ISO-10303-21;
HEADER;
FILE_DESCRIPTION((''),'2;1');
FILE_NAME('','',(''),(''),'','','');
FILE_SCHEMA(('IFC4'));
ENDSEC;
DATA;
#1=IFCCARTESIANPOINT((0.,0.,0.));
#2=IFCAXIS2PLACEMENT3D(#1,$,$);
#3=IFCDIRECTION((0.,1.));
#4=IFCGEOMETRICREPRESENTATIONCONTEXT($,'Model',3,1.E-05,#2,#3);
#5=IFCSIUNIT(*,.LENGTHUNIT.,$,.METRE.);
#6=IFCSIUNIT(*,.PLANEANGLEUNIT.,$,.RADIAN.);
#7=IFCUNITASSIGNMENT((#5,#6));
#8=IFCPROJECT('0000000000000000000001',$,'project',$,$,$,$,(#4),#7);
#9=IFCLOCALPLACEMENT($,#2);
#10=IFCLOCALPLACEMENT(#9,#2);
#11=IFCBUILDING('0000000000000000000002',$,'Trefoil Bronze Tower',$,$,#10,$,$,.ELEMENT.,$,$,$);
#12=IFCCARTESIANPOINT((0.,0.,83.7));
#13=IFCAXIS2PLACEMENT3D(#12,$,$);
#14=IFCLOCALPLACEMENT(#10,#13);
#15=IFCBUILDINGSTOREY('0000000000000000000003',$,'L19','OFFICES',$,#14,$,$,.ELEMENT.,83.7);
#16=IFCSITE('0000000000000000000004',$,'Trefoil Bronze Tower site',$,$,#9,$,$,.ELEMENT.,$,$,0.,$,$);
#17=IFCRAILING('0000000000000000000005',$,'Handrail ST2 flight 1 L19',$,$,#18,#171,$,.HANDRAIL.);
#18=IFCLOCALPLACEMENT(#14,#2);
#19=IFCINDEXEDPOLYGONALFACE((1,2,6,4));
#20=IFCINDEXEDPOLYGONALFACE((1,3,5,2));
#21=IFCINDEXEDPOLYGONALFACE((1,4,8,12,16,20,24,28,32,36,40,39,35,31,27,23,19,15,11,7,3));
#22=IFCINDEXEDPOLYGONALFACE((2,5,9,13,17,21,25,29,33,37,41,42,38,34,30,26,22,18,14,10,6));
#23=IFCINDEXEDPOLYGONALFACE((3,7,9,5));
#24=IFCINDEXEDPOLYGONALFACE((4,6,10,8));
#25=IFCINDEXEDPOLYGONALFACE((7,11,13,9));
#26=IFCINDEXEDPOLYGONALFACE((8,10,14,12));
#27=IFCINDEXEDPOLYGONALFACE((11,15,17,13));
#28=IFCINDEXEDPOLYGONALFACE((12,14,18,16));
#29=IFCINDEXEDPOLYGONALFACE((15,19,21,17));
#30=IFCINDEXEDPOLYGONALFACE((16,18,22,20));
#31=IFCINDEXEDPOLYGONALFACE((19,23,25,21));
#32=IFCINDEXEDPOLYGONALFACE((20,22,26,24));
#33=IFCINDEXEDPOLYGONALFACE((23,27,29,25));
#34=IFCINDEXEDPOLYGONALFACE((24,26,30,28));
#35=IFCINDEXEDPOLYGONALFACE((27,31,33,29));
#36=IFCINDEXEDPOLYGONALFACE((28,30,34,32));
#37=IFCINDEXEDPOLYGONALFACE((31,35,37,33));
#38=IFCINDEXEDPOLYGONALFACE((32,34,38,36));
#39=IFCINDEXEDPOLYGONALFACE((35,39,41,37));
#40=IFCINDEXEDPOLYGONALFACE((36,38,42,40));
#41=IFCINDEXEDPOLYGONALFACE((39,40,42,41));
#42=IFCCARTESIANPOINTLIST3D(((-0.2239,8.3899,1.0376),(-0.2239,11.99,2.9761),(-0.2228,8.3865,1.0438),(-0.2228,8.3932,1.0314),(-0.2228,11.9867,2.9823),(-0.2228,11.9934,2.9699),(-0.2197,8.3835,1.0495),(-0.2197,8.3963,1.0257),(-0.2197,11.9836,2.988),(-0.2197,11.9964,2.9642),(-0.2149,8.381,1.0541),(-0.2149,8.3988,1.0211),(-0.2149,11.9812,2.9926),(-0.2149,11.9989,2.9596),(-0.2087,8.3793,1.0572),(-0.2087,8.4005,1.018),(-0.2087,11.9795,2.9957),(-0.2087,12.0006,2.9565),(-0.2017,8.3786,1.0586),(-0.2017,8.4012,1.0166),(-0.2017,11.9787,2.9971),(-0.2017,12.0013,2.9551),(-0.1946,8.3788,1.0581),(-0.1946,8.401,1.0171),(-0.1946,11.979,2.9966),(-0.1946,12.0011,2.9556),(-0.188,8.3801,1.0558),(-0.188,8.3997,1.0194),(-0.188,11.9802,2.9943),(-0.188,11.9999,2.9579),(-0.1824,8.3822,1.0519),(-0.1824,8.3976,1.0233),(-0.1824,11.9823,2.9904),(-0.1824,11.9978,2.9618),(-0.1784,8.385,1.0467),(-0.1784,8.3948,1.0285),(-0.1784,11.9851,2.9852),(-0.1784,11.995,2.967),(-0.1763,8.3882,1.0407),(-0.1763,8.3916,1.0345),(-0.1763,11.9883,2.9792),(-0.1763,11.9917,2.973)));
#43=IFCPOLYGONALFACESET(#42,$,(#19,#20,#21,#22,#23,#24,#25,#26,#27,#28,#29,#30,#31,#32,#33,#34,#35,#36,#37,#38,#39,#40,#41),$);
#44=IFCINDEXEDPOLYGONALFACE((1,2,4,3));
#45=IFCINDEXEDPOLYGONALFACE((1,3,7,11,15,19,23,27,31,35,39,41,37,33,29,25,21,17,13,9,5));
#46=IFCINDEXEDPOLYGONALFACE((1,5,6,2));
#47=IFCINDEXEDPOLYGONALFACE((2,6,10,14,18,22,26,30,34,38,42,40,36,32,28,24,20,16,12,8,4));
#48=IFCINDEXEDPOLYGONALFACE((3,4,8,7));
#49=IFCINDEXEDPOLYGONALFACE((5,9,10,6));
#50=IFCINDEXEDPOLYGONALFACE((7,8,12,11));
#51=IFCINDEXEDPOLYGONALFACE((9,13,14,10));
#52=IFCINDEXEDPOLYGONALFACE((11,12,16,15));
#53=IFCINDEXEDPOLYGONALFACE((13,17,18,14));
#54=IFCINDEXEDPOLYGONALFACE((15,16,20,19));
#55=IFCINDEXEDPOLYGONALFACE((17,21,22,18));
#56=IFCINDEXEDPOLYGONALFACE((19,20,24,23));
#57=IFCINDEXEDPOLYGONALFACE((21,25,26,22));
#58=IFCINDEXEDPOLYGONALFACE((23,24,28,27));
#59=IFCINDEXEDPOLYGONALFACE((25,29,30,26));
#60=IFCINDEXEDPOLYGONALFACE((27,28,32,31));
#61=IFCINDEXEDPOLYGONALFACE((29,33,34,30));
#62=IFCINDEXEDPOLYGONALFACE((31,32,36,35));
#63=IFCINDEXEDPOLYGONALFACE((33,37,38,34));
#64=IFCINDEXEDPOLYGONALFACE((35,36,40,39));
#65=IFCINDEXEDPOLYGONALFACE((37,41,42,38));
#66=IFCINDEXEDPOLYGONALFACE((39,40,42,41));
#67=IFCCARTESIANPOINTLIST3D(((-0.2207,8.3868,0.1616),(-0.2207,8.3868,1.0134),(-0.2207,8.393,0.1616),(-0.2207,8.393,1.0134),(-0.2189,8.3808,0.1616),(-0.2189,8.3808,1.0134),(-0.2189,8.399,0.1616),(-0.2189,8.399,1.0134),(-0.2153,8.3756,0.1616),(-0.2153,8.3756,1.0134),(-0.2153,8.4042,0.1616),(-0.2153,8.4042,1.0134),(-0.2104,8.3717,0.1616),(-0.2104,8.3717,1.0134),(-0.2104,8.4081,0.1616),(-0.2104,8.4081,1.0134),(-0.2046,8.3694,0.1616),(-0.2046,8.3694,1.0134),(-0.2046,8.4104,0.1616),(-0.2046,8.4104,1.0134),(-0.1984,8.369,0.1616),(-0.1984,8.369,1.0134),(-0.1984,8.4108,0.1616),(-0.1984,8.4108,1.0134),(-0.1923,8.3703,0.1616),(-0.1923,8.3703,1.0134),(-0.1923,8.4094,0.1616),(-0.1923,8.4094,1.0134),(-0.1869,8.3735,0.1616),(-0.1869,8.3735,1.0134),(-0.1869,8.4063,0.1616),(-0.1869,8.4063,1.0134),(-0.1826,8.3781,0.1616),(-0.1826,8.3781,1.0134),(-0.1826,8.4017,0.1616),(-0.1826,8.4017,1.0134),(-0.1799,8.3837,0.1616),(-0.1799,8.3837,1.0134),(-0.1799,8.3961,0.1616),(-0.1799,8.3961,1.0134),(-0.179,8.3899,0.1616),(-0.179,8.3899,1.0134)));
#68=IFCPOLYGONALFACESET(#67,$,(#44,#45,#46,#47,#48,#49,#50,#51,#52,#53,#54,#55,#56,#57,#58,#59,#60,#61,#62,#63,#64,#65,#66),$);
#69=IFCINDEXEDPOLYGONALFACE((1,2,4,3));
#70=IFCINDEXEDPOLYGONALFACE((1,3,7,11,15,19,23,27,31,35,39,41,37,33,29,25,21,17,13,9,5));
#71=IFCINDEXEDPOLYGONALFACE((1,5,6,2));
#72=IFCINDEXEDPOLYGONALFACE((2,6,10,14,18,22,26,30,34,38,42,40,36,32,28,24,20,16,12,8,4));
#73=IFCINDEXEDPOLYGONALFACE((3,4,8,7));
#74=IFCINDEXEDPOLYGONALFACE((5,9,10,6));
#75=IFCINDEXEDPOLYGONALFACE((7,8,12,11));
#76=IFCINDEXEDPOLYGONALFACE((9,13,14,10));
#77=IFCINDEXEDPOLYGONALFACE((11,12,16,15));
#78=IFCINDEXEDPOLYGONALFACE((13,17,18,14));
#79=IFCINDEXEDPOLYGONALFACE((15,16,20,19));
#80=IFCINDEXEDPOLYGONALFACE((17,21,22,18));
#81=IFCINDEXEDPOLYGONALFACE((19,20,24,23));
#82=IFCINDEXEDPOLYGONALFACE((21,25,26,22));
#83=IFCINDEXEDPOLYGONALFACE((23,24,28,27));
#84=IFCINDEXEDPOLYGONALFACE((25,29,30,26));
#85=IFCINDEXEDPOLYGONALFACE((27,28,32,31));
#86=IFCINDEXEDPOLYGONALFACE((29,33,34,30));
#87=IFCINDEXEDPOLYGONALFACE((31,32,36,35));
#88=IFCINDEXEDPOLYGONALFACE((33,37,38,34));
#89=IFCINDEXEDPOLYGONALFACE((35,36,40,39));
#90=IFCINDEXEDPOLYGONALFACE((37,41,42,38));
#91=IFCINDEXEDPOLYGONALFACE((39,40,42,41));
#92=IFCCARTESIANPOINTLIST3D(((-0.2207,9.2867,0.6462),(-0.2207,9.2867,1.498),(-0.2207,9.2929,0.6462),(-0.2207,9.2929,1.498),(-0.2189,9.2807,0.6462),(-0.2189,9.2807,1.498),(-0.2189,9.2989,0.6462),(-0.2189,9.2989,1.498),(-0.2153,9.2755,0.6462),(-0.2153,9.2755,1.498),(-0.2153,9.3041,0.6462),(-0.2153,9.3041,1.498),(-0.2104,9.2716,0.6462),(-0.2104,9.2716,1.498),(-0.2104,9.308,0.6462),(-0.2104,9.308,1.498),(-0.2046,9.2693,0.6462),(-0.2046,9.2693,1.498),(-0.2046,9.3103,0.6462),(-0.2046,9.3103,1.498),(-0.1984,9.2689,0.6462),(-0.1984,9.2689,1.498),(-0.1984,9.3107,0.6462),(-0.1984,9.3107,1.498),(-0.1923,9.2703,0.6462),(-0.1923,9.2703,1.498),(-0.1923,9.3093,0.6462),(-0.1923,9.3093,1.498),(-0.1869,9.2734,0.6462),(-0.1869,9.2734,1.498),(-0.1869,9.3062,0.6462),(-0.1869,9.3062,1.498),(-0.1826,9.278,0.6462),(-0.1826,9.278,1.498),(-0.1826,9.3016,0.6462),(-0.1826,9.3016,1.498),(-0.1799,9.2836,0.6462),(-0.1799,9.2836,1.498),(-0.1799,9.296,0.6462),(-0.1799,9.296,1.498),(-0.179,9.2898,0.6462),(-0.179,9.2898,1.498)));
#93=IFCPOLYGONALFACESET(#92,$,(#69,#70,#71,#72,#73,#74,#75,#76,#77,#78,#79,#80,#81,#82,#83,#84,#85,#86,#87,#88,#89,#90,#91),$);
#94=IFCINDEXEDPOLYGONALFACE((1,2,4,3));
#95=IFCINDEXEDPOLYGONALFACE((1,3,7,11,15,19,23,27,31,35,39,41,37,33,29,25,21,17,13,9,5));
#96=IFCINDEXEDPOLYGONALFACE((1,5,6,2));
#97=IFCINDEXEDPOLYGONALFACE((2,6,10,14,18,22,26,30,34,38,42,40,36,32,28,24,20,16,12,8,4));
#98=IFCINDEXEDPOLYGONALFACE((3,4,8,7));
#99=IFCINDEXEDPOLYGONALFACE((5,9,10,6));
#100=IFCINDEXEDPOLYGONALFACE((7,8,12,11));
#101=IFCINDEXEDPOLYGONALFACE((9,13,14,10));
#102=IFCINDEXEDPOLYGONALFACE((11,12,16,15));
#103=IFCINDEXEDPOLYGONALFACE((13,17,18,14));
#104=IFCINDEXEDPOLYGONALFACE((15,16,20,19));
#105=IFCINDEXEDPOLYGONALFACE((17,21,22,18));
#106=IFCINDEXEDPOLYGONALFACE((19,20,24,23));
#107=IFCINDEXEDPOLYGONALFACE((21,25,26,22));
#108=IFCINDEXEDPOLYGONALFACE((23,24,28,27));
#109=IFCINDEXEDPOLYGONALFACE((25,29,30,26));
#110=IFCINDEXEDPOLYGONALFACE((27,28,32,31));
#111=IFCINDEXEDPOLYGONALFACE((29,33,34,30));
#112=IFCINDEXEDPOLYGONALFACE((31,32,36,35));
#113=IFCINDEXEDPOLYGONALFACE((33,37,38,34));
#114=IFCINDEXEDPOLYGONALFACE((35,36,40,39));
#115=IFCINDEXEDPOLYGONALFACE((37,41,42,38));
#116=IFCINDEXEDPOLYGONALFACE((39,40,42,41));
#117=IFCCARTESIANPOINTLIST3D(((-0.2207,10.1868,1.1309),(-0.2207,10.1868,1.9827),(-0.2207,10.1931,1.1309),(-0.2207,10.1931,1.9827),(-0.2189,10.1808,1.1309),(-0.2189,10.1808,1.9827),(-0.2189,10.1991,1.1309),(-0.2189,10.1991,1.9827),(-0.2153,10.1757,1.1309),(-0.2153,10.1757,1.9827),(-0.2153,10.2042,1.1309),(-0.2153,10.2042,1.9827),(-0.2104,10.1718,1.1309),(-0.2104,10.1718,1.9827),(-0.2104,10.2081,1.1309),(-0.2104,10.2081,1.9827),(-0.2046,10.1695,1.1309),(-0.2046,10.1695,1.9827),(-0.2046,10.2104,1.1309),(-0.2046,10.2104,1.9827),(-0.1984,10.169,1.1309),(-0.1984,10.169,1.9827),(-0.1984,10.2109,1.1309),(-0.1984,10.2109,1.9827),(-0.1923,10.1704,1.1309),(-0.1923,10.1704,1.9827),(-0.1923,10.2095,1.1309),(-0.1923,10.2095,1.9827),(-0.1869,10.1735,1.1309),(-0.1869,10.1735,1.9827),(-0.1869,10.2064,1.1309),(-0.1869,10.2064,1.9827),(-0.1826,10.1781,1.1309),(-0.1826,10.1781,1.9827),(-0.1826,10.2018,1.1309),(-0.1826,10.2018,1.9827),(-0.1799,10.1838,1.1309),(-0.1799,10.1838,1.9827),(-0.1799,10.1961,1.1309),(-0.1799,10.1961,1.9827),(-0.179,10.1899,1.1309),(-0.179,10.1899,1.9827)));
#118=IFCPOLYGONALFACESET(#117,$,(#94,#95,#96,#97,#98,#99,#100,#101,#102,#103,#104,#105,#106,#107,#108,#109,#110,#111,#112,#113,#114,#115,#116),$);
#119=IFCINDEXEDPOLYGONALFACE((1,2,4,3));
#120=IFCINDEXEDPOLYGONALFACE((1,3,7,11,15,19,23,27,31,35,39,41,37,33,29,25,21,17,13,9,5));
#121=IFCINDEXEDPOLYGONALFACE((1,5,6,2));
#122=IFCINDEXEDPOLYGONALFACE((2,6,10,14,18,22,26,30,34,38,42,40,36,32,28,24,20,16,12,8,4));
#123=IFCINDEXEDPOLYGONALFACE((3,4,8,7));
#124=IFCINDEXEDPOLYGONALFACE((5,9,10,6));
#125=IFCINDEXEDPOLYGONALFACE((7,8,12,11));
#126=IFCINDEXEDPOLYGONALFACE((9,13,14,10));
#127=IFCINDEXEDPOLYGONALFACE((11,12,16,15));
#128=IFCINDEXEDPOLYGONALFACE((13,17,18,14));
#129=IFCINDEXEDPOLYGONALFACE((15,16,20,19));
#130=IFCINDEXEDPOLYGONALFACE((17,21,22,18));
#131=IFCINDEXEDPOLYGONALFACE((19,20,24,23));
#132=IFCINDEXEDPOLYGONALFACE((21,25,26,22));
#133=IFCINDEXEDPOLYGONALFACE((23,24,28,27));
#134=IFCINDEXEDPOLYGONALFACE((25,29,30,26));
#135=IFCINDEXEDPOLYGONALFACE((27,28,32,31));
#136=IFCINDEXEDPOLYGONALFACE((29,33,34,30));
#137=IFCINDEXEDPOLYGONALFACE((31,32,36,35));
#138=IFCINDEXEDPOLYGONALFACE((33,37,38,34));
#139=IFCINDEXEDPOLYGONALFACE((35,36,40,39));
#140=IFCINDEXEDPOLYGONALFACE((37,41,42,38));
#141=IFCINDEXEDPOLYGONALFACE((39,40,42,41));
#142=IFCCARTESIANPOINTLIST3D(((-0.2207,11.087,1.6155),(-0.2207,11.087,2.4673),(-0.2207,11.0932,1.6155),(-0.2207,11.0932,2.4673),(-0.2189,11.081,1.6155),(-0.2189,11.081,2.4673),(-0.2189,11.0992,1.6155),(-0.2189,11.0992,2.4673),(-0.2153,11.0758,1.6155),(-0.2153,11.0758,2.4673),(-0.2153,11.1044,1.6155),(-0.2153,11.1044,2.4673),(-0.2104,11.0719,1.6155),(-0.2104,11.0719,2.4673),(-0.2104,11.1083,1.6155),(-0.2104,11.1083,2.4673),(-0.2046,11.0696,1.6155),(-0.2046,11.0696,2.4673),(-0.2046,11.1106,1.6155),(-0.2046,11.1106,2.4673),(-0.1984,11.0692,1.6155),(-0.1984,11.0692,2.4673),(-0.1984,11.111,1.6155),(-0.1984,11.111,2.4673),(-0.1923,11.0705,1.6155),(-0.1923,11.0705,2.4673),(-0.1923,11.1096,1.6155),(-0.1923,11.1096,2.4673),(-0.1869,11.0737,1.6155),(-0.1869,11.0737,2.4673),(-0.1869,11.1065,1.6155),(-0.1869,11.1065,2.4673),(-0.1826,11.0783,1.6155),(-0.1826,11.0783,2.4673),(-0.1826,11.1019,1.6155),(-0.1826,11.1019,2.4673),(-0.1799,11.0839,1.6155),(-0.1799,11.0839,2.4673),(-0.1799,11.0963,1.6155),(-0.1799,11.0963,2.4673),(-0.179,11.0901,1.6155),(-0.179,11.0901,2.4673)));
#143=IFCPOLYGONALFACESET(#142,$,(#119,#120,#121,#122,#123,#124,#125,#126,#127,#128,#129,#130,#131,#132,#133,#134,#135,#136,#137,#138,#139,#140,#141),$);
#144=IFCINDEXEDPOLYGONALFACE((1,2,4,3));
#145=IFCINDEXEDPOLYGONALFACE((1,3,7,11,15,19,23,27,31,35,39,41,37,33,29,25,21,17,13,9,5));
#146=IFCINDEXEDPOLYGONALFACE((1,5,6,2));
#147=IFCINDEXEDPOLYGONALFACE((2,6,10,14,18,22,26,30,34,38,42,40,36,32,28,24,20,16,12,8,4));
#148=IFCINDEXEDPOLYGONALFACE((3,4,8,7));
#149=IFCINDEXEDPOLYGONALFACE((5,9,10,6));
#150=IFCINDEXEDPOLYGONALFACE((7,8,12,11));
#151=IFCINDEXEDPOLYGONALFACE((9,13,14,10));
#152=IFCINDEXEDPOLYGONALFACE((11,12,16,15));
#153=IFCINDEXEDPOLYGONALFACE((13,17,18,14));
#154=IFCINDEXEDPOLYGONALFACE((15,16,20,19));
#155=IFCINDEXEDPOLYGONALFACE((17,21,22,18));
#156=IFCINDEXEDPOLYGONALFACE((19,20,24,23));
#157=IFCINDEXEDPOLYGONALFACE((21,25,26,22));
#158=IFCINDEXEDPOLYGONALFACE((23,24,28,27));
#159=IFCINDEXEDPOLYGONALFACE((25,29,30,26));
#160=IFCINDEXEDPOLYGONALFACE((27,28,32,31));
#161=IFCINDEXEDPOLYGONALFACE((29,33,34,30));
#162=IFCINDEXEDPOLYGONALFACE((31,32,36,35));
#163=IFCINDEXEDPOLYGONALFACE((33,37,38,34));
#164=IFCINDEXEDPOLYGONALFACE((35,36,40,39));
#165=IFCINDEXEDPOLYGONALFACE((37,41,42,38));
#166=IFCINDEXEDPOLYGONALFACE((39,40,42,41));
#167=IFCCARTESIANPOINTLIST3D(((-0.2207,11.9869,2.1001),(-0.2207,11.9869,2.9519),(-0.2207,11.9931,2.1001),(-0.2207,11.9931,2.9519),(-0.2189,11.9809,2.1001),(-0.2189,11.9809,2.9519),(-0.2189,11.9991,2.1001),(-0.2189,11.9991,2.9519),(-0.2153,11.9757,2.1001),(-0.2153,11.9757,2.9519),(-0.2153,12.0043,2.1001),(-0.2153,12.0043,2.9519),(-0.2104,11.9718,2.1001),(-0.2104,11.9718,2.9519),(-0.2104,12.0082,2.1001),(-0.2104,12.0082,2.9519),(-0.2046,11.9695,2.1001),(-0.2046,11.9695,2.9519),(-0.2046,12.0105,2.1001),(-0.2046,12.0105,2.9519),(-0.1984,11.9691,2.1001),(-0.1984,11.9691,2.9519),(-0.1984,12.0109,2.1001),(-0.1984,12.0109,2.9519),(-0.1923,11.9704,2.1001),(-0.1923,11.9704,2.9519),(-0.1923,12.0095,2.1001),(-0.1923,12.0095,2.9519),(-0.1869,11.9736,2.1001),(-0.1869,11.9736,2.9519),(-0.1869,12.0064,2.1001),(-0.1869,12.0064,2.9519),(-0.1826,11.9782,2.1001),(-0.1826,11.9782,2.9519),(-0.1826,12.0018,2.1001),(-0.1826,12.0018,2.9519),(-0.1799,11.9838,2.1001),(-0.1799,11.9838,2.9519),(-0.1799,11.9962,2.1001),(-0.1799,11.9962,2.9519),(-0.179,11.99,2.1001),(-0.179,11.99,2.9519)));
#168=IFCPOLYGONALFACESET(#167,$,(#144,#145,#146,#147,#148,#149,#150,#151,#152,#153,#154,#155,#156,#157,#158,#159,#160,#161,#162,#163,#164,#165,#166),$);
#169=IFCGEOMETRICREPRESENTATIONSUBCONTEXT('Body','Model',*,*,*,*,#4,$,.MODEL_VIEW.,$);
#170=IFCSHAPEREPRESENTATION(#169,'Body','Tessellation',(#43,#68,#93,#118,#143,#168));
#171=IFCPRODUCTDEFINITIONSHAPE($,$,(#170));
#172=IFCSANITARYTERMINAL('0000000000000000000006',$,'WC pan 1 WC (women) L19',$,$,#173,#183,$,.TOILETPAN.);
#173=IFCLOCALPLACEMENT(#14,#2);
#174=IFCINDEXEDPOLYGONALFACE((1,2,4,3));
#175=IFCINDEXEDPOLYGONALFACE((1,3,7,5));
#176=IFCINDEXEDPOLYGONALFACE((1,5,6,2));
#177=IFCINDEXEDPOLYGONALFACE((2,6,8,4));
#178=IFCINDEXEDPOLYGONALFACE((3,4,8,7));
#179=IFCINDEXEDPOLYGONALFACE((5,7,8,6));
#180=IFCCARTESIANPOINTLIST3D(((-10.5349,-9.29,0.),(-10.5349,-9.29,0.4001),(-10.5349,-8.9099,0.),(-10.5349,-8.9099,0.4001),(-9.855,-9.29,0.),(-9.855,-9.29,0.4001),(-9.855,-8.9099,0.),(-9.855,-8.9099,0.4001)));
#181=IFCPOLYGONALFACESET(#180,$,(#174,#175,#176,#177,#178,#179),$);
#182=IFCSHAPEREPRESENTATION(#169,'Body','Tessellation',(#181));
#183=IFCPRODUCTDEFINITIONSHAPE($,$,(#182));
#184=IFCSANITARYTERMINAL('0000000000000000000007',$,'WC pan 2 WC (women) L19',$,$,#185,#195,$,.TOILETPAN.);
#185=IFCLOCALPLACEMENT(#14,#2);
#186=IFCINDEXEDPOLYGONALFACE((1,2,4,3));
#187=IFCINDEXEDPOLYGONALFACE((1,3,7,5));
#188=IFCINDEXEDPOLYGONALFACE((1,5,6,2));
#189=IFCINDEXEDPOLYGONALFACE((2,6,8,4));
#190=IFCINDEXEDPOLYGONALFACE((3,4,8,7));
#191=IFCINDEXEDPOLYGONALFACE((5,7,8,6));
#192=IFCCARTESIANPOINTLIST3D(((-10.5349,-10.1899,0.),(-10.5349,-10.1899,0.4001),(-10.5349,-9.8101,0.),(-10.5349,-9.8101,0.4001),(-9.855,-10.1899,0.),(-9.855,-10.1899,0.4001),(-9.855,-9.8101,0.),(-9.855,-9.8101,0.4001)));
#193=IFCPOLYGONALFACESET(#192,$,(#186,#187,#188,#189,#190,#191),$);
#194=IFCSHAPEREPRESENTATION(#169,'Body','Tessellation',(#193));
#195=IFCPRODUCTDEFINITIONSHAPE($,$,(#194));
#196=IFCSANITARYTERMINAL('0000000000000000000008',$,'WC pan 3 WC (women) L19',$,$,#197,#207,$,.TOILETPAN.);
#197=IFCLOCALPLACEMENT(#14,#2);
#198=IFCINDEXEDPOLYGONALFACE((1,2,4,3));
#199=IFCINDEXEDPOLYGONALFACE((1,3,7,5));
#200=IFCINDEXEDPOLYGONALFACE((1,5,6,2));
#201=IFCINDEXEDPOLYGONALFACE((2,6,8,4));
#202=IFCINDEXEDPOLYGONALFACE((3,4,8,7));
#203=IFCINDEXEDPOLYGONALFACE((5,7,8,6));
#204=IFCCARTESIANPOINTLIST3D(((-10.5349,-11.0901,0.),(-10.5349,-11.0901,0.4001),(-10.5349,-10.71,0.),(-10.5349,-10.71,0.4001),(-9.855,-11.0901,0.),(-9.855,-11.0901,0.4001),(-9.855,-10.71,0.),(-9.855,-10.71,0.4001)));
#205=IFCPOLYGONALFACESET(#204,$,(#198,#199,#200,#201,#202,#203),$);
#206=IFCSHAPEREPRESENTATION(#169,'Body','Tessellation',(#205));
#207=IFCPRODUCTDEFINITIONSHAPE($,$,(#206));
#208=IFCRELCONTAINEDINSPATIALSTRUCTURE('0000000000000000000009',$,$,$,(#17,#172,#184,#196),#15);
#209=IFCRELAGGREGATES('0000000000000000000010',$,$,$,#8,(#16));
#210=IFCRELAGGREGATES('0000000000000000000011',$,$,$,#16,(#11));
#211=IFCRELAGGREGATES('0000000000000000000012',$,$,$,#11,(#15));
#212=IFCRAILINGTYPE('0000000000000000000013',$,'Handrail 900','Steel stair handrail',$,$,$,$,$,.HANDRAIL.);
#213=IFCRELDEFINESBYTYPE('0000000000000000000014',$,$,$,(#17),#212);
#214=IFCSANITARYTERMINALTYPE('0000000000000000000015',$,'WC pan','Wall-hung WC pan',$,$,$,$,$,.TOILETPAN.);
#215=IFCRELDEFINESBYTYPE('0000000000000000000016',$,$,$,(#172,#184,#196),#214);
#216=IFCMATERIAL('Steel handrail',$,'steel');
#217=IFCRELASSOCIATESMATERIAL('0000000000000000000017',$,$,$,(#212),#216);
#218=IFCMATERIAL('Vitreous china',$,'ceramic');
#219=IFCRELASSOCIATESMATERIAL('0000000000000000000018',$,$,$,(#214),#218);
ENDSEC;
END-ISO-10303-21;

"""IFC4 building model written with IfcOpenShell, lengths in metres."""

from ifc_helpers import new_model, si_unit, direction, frame, origin, origin_2d, place, context, subcontext, project, spatial, polyline, circle, outline, extrude, material, type_object, element, save


model = new_model("IFC4")

# Units and contexts
model_context = context("Model", 3, precision=1e-05, world=origin(), true_north=direction((0.0, 1.0)))
body_context = subcontext(model_context, "Body", "Model", "MODEL_VIEW")
ifc_project = project(units=[si_unit("LENGTHUNIT", "METRE"), si_unit("PLANEANGLEUNIT", "RADIAN")], contexts=[model_context])

# Site, building, storey
site_placement = place(None, origin())
site = spatial("IfcSite", under=ifc_project, at=site_placement, Name="Trefoil Bronze Tower site", CompositionType="ELEMENT", RefElevation=0.0)
building_placement = place(site_placement, origin())
building = spatial("IfcBuilding", under=site, at=building_placement, Name="Trefoil Bronze Tower", CompositionType="ELEMENT")
storey_placement = place(building_placement, frame((0.0, 0.0, 83.7)))
storey = spatial("IfcBuildingStorey", under=building, at=storey_placement, Name="L19", Description="OFFICES", CompositionType="ELEMENT", Elevation=83.7)

# Railing
ifc_material_1 = material(Name="Steel handrail", Category="steel")
railing_type = type_object("IfcRailingType", Name="Handrail 900", Description="Steel stair handrail", PredefinedType="HANDRAIL", material=ifc_material_1)
railing_placement = place(storey_placement, frame((-0.2, 8.3899, 0.1616)))
element("IfcRailing", 1, at=railing_placement, inside=storey, type_object=railing_type, Name="Handrail ST2 flight 1 L19", PredefinedType="HANDRAIL", context=body_context, shape_type="SweptSolid", body=[
    extrude(circle(Radius=0.0239, at=origin_2d()), frame((0.0, 0.0, 0.876), z_axis=(0.0, 0.880475, 0.474093), x_axis=(-1.0, 0.0, 0.0)), (0.0, 0.0, 1.0), 4.0889),
    extrude(circle(Radius=0.021, at=origin_2d()), origin(), (0.0, 0.0, 1.0), 0.8518),
    extrude(circle(Radius=0.021, at=origin_2d()), frame((0.0, 0.8999, 0.4846)), (0.0, 0.0, 1.0), 0.8518),
    extrude(circle(Radius=0.021, at=origin_2d()), frame((0.0, 1.8, 0.9692)), (0.0, 0.0, 1.0), 0.8518),
    extrude(circle(Radius=0.021, at=origin_2d()), frame((0.0, 2.7002, 1.4539)), (0.0, 0.0, 1.0), 0.8518),
    extrude(circle(Radius=0.021, at=origin_2d()), frame((0.0, 3.6001, 1.9385)), (0.0, 0.0, 1.0), 0.8518),
])

# Sanitary terminals
ifc_material_2 = material(Name="Vitreous china", Category="ceramic")
sanitary_terminal_type = type_object("IfcSanitaryTerminalType", Name="WC pan", Description="Wall-hung WC pan", PredefinedType="TOILETPAN", material=ifc_material_2)
sanitary_terminal_1_placement = place(storey_placement, origin())
element("IfcSanitaryTerminal", 2, at=sanitary_terminal_1_placement, inside=storey, type_object=sanitary_terminal_type, Name="WC pan 1 WC (women) L19", PredefinedType="TOILETPAN", context=body_context, shape_type="SweptSolid", body=[
    extrude(outline(polyline([(-9.855, -8.9099), (-10.5349, -8.9099), (-10.5349, -9.29), (-9.855, -9.29), (-9.855, -8.9099)])), origin(), (0.0, 0.0, 1.0), 0.4001),
])
sanitary_terminal_2_placement = place(storey_placement, origin())
element("IfcSanitaryTerminal", 3, at=sanitary_terminal_2_placement, inside=storey, type_object=sanitary_terminal_type, Name="WC pan 2 WC (women) L19", PredefinedType="TOILETPAN", context=body_context, shape_type="SweptSolid", body=[
    extrude(outline(polyline([(-9.855, -9.8101), (-10.5349, -9.8101), (-10.5349, -10.1899), (-9.855, -10.1899), (-9.855, -9.8101)])), origin(), (0.0, 0.0, 1.0), 0.4001),
])
sanitary_terminal_3_placement = place(storey_placement, origin())
element("IfcSanitaryTerminal", 4, at=sanitary_terminal_3_placement, inside=storey, type_object=sanitary_terminal_type, Name="WC pan 3 WC (women) L19", PredefinedType="TOILETPAN", context=body_context, shape_type="SweptSolid", body=[
    extrude(outline(polyline([(-9.855, -10.71), (-10.5349, -10.71), (-10.5349, -11.0901), (-9.855, -11.0901), (-9.855, -10.71)])), origin(), (0.0, 0.0, 1.0), 0.4001),
])

save(model, "model.ifc")
